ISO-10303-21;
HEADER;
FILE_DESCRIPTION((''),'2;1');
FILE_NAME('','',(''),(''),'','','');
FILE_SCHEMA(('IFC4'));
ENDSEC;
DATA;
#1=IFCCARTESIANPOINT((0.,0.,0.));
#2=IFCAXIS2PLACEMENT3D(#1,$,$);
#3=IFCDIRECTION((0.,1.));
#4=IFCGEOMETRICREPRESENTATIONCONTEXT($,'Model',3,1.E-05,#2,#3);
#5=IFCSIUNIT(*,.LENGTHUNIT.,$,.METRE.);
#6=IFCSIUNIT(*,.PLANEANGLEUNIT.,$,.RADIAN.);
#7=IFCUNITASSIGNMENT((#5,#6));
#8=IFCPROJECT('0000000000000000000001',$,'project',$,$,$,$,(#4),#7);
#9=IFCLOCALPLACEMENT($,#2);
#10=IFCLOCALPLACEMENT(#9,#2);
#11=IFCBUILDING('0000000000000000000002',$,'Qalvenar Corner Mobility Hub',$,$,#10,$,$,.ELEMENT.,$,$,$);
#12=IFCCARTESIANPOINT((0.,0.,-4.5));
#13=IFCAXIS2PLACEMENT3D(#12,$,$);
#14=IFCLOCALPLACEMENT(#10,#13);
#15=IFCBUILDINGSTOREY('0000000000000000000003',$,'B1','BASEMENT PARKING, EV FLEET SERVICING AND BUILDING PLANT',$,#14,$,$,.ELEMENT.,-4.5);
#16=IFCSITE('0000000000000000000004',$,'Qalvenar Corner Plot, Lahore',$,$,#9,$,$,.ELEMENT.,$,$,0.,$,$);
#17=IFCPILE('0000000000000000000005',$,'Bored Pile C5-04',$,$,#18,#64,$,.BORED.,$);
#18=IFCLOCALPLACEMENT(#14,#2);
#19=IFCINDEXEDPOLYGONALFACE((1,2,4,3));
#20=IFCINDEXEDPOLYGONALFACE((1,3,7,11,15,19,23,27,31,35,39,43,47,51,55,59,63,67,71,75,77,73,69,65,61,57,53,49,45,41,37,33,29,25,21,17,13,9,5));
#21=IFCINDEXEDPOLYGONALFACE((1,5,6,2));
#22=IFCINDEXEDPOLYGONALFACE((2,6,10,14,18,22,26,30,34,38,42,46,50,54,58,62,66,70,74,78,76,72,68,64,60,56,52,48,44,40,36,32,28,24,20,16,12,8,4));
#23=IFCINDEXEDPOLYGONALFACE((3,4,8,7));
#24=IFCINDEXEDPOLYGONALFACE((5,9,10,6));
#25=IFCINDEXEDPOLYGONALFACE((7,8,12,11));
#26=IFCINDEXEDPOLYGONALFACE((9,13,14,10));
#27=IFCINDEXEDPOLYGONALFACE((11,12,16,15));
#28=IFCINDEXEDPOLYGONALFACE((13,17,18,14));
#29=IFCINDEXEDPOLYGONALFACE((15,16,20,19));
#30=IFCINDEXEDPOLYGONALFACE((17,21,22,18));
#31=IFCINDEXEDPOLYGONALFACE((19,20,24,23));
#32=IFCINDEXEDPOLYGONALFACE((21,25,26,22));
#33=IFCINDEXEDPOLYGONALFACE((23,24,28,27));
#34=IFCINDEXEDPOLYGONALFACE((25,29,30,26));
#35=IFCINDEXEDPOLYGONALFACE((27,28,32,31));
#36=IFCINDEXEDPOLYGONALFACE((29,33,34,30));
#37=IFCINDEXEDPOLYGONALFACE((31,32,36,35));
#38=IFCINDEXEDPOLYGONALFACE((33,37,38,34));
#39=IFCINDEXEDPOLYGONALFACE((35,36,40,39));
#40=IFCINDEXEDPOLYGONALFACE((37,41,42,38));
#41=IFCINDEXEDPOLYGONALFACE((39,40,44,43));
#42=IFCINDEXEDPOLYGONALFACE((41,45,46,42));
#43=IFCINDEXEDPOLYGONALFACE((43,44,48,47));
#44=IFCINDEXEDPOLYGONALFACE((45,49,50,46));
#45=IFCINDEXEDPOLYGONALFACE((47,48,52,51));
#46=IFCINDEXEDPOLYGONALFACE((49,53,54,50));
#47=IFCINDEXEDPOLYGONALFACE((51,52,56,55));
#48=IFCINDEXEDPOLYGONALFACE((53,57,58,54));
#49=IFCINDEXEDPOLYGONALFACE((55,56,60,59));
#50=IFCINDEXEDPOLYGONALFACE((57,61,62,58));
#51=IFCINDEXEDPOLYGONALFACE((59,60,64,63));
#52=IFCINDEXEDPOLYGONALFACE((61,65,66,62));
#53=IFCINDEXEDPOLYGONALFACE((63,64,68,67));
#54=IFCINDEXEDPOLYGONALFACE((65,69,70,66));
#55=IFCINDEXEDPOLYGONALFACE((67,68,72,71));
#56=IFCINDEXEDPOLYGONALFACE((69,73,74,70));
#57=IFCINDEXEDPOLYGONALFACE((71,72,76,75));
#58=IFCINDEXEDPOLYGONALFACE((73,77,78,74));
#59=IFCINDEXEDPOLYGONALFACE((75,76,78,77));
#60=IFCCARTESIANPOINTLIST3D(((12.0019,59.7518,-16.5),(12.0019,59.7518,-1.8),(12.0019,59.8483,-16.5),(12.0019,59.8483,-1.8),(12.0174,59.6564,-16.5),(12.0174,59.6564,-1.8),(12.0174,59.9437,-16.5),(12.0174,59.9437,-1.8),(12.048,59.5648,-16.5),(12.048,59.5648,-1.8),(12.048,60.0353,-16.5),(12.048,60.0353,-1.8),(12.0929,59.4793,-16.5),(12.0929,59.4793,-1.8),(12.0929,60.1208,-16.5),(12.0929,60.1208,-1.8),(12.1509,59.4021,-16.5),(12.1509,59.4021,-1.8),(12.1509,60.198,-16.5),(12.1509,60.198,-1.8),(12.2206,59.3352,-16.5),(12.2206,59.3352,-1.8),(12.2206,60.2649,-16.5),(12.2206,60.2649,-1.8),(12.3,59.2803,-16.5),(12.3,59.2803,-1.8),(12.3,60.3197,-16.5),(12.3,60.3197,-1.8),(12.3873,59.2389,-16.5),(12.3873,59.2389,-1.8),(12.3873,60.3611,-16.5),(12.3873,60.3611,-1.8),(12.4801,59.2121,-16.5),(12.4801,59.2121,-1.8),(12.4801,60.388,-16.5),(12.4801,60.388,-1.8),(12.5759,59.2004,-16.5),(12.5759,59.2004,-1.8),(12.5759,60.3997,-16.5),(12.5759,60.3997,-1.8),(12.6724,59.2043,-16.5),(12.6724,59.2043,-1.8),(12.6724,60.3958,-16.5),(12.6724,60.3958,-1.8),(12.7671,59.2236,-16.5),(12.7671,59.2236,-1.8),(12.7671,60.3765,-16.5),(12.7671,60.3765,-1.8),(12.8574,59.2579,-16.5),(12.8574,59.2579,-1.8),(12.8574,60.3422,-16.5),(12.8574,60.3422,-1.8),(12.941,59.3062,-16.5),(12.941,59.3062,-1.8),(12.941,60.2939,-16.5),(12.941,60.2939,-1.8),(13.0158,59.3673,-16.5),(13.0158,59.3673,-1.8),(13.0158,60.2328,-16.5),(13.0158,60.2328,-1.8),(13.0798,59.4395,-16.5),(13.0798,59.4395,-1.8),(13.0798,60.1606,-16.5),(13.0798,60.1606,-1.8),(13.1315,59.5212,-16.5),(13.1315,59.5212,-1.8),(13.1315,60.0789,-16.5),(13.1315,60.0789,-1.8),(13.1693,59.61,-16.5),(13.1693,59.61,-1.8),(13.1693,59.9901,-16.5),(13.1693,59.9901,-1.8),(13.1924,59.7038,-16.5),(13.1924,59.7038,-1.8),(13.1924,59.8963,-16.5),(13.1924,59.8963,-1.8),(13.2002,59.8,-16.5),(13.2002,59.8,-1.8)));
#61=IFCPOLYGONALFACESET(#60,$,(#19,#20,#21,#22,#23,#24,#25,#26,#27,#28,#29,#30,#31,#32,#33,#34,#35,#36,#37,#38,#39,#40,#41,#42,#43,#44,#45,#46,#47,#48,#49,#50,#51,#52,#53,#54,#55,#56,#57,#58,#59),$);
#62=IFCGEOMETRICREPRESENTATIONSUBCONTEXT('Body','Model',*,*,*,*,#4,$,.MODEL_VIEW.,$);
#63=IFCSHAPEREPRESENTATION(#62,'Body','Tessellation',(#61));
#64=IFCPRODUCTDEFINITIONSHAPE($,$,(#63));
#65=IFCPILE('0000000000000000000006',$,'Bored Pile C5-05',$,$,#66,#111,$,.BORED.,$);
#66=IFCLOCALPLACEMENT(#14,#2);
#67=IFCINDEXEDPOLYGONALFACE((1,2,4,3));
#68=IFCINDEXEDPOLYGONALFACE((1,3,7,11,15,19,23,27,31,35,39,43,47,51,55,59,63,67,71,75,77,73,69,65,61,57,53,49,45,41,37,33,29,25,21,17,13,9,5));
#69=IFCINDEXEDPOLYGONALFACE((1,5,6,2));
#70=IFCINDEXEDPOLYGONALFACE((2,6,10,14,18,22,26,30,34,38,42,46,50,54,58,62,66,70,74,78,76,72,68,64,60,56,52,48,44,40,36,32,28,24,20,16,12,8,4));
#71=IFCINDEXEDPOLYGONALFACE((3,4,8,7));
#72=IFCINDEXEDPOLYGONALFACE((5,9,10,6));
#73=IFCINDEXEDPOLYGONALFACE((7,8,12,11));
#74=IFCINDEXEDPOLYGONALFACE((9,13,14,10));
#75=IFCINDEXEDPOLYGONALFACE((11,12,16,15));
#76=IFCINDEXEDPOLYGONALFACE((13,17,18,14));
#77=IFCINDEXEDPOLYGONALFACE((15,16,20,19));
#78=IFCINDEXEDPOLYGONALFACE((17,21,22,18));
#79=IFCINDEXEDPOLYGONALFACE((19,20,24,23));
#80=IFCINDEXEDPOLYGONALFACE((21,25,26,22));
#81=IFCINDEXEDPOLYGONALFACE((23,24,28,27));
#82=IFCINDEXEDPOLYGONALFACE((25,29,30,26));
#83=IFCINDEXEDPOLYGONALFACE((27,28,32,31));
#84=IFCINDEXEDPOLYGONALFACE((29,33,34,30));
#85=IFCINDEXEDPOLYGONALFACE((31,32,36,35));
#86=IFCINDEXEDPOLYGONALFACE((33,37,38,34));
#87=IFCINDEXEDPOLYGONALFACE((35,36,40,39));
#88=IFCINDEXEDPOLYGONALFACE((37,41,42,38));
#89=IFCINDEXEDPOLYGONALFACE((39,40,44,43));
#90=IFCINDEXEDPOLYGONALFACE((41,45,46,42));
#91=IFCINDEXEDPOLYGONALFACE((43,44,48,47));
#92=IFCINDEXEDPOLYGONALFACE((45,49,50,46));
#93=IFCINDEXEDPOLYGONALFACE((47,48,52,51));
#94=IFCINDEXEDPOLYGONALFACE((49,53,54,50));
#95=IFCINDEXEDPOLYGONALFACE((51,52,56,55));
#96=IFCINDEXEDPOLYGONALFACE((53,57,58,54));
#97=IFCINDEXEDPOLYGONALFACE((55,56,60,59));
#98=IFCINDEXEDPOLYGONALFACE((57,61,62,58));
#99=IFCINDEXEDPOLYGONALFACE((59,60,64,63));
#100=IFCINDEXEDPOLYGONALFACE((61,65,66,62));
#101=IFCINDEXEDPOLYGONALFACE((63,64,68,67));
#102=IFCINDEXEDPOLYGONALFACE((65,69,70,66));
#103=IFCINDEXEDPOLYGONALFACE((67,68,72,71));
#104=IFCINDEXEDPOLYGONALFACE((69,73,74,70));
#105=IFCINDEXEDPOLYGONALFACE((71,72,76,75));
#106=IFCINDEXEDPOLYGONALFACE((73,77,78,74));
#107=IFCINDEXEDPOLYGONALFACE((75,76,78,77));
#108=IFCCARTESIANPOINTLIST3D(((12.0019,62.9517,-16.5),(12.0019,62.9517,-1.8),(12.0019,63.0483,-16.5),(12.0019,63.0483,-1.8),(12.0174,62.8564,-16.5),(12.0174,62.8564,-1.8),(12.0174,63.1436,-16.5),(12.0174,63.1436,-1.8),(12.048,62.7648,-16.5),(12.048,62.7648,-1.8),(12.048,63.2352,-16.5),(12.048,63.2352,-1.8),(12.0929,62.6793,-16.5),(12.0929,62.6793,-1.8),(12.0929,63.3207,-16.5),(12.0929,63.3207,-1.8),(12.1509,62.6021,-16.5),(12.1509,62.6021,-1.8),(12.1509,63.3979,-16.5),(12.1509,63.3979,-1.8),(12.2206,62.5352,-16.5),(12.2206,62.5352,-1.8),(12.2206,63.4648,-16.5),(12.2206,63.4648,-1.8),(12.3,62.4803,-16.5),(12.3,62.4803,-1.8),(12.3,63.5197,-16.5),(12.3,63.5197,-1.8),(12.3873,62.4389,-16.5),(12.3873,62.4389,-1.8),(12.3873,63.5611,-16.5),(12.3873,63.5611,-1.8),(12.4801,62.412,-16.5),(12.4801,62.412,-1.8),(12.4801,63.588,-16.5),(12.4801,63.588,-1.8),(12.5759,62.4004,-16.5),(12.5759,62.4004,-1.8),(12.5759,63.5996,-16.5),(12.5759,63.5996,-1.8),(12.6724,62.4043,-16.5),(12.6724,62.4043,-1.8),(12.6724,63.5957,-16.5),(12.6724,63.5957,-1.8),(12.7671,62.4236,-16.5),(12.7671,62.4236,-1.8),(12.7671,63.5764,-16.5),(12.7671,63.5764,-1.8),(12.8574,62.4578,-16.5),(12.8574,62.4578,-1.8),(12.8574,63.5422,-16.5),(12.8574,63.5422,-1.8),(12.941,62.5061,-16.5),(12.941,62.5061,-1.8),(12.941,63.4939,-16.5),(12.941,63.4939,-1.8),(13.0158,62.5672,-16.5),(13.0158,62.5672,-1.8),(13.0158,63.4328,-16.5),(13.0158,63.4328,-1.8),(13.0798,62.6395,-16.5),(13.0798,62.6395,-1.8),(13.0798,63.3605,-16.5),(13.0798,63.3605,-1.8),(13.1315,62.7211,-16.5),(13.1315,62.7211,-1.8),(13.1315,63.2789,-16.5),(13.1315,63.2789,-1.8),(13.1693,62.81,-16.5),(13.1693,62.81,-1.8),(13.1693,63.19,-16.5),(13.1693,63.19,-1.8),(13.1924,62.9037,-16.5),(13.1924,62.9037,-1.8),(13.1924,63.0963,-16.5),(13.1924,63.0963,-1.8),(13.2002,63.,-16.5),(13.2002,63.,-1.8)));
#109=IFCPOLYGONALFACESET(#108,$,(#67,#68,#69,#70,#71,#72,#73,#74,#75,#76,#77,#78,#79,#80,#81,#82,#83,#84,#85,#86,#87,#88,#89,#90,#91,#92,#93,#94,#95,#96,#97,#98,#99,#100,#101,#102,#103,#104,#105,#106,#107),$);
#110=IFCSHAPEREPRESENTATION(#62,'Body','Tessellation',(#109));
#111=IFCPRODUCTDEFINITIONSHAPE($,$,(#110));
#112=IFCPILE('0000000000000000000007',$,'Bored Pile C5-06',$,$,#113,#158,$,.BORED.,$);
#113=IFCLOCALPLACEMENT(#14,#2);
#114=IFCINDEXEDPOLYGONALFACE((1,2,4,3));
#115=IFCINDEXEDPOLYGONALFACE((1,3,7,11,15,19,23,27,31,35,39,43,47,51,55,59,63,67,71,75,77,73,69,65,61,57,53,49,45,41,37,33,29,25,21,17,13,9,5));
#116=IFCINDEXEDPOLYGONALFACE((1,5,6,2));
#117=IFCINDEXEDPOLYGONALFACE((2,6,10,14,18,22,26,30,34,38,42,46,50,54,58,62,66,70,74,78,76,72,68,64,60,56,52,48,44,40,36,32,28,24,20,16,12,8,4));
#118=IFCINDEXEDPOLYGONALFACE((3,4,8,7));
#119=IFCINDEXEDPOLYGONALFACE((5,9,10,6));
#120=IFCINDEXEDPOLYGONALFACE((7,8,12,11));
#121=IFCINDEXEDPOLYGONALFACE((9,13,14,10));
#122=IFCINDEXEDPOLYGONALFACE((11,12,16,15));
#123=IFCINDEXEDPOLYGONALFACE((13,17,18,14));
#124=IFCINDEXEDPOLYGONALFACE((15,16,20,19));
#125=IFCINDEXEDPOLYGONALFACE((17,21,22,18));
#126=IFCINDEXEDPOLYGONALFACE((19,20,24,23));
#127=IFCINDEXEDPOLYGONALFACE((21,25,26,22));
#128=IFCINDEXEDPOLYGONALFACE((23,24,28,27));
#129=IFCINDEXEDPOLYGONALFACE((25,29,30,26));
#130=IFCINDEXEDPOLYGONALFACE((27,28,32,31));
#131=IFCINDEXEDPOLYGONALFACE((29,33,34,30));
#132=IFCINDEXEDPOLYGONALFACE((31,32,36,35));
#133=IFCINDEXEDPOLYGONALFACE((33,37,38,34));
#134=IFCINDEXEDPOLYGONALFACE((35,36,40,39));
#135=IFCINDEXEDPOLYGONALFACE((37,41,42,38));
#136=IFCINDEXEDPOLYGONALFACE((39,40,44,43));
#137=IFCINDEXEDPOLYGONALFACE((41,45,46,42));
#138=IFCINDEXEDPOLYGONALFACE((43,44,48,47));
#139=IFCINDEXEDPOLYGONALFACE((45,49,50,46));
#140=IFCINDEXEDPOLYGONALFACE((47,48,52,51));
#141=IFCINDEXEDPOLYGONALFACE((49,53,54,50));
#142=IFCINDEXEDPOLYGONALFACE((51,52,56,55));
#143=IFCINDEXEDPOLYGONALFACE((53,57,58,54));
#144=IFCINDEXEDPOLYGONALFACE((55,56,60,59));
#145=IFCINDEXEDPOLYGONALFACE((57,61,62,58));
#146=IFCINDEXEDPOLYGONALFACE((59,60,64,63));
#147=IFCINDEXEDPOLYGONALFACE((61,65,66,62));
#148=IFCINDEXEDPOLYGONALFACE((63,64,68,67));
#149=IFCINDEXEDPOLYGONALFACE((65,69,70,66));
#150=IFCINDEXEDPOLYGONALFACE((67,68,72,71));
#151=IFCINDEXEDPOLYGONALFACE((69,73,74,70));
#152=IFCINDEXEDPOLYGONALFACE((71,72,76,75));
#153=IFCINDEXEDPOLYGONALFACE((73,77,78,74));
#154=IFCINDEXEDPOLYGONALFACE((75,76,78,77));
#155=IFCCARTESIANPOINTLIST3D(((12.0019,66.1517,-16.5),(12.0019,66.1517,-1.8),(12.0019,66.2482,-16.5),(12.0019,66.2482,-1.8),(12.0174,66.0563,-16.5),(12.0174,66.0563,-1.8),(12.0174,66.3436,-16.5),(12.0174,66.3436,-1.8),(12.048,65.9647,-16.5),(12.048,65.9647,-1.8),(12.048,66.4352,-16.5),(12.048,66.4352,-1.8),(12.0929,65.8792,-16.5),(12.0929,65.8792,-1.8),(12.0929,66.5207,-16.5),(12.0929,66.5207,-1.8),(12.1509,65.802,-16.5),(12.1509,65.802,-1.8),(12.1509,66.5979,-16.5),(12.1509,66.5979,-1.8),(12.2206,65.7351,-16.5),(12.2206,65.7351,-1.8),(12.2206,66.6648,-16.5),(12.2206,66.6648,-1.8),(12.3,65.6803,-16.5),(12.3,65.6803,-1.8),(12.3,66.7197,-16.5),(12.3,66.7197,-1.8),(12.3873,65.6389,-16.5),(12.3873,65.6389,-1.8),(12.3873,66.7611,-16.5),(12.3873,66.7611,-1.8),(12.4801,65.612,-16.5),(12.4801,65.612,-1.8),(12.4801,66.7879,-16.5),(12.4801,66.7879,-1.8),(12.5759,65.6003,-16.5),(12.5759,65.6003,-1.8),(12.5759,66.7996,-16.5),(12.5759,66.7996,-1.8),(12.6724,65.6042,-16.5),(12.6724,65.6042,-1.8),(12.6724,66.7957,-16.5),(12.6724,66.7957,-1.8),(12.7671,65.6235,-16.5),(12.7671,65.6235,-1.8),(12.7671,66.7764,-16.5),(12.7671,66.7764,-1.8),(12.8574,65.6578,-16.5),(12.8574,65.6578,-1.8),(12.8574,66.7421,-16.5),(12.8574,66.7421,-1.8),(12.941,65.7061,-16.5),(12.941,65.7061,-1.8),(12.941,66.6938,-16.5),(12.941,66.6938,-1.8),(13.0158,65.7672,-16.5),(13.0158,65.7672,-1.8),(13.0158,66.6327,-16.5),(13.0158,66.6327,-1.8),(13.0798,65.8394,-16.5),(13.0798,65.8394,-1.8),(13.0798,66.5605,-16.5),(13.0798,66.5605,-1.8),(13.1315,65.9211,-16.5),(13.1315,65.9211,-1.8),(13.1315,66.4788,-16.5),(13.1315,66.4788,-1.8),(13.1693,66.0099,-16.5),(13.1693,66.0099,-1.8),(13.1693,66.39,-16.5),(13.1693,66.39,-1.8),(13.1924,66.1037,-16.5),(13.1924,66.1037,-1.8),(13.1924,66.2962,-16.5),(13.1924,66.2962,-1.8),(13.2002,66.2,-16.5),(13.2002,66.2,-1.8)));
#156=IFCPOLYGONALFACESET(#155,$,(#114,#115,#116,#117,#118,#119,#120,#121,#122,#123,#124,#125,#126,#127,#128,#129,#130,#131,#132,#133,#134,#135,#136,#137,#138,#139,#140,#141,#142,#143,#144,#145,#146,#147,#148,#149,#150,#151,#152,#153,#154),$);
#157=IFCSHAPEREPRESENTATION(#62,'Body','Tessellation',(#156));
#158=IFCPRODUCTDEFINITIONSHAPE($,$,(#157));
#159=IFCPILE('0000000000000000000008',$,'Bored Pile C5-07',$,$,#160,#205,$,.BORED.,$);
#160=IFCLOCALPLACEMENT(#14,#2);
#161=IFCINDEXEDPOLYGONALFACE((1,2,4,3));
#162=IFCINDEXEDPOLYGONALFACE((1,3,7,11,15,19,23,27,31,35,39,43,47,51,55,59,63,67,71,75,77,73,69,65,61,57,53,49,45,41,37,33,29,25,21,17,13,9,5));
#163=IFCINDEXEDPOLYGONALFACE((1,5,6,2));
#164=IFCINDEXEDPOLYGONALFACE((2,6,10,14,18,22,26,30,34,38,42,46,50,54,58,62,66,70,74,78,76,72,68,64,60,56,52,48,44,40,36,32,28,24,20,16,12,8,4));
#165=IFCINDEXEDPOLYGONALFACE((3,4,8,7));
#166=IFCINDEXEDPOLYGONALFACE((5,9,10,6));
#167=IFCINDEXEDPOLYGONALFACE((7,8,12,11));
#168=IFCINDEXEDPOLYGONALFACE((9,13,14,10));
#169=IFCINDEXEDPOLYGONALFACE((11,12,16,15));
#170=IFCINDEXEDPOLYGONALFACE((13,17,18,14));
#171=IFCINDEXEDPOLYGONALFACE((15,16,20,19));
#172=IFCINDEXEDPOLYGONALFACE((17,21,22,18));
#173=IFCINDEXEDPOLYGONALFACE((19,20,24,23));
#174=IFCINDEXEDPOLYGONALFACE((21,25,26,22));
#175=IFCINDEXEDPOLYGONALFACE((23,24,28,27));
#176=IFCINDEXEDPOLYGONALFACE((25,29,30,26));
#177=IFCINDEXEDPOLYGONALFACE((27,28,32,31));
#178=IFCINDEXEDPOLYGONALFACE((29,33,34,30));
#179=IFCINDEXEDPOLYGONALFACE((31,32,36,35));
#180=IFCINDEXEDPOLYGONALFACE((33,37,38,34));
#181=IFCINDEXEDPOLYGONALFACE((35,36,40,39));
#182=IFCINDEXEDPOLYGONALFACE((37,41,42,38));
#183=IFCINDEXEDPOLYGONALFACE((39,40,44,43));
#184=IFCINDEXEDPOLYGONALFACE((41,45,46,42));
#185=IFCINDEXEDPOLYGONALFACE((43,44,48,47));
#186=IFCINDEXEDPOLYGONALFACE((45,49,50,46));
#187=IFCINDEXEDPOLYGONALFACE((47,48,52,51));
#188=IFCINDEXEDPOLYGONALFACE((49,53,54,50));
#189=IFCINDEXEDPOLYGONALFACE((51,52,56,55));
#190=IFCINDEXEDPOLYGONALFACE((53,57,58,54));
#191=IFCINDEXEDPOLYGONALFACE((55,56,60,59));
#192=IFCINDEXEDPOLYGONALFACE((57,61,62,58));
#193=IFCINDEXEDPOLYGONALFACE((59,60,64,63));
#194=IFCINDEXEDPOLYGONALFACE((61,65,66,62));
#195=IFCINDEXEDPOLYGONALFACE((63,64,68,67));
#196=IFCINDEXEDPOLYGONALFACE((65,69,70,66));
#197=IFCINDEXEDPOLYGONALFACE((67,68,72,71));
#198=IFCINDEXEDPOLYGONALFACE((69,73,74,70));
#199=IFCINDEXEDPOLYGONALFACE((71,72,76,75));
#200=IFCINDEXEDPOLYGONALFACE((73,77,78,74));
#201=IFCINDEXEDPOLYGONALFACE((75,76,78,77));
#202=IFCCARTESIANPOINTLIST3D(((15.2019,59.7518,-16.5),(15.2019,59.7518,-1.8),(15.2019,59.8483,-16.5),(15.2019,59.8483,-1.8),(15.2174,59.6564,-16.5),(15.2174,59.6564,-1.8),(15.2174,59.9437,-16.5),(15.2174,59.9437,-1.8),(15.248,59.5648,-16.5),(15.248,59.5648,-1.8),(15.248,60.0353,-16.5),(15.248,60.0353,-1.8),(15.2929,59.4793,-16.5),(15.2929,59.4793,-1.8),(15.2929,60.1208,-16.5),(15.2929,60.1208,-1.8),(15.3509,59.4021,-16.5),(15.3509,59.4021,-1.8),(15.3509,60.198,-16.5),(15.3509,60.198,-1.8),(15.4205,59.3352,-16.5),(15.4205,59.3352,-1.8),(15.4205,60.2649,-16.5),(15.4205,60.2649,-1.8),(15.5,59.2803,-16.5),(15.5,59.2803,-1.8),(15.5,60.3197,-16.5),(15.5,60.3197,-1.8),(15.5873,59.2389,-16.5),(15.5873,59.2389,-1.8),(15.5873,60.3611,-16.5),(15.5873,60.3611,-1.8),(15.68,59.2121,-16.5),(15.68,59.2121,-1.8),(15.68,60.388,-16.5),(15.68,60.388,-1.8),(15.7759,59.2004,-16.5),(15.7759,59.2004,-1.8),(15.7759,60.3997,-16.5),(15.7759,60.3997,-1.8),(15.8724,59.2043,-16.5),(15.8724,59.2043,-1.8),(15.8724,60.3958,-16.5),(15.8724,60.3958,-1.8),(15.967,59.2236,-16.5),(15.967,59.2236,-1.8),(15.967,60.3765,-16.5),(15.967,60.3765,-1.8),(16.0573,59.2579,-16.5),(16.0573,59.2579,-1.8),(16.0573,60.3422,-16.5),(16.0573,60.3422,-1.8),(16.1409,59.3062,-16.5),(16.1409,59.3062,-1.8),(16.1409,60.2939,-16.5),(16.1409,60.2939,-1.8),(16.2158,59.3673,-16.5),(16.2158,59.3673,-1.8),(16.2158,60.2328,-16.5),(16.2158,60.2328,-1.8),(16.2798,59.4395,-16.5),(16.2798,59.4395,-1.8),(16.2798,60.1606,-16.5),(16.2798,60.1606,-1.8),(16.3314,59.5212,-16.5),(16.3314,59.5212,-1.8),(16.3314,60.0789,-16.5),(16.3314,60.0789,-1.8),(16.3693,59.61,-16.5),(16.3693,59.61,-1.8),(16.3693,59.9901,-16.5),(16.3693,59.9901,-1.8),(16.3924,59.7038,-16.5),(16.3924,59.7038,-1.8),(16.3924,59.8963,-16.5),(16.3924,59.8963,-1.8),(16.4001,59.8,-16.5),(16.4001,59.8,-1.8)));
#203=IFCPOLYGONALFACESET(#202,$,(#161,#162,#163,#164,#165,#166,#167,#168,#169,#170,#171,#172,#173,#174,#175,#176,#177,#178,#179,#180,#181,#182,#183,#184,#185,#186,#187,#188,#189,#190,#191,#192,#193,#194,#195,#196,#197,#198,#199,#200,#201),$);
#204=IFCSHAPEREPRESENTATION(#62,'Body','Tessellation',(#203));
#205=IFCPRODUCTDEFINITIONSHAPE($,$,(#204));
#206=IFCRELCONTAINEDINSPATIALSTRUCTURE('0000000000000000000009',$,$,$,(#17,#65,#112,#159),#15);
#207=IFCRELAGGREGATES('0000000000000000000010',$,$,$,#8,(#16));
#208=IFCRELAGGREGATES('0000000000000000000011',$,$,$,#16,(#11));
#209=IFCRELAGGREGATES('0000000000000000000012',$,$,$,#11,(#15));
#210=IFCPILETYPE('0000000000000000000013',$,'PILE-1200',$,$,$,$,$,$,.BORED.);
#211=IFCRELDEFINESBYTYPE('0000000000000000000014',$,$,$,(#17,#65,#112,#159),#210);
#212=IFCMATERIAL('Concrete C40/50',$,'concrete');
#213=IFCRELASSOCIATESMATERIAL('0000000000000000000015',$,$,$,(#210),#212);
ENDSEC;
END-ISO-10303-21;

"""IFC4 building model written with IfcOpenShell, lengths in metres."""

from ifc_helpers import new_model, si_unit, direction, frame, origin, origin_2d, place, context, subcontext, project, spatial, circle, extrude, material, material_profile, profile_set, type_object, element, save


model = new_model("IFC4")

# Units and contexts
model_context = context("Model", 3, precision=1e-05, world=origin(), true_north=direction((0.0, 1.0)))
body_context = subcontext(model_context, "Body", "Model", "MODEL_VIEW")
ifc_project = project(units=[si_unit("LENGTHUNIT", "METRE"), si_unit("PLANEANGLEUNIT", "RADIAN")], contexts=[model_context])

# Site, building, storey
site_placement = place(None, origin())
site = spatial("IfcSite", under=ifc_project, at=site_placement, Name="Qalvenar Corner Plot, Lahore", CompositionType="ELEMENT", RefElevation=0.0)
building_placement = place(site_placement, origin())
building = spatial("IfcBuilding", under=site, at=building_placement, Name="Qalvenar Corner Mobility Hub", CompositionType="ELEMENT")
storey_placement = place(building_placement, frame((0.0, 0.0, -4.5)))
storey = spatial("IfcBuildingStorey", under=building, at=storey_placement, Name="B1", Description="BASEMENT PARKING, EV FLEET SERVICING AND BUILDING PLANT", CompositionType="ELEMENT", Elevation=-4.5)

# Shared definitions
ifc_material_1 = material(Name="Concrete C40/50", Category="concrete")

# Piles
ifc_material_profile_1 = material_profile(ifc_material_1, circle(Radius=0.6001, at=origin_2d()), Name="DIA1200")
ifc_profile_set_1 = profile_set([ifc_material_profile_1], Name="Concrete C40/50")
pile_type_1 = type_object("IfcPileType", Name="PILE-1200", PredefinedType="BORED", material=ifc_profile_set_1)
for number, where, z_axis, x_axis, name in (
    (1, (12.6001, 59.8, -1.8), (0.0, 0.0, -1.0), (1.0, 0.0, 0.0), "Bored Pile C5-04"),
    (2, (12.6001, 63.0, -1.8), (0.0, 0.0, -1.0), (1.0, 0.0, 0.0), "Bored Pile C5-05"),
    (3, (12.6001, 66.2, -1.8), (0.0, 0.0, -1.0), (1.0, 0.0, 0.0), "Bored Pile C5-06"),
    (4, (15.8, 59.8, -1.8), (0.0, 0.0, -1.0), (1.0, 0.0, 0.0), "Bored Pile C5-07"),
):
    element("IfcPile", number, at=place(storey_placement, frame(where, z_axis=z_axis, x_axis=x_axis)), inside=storey, type_object=pile_type_1, Name=name, PredefinedType="BORED", context=body_context, shape_type="SweptSolid", body=[
        extrude(circle(Radius=0.6001, at=origin_2d()), origin(), (0.0, 0.0, 1.0), 14.7),
    ])

save(model, "model.ifc")
